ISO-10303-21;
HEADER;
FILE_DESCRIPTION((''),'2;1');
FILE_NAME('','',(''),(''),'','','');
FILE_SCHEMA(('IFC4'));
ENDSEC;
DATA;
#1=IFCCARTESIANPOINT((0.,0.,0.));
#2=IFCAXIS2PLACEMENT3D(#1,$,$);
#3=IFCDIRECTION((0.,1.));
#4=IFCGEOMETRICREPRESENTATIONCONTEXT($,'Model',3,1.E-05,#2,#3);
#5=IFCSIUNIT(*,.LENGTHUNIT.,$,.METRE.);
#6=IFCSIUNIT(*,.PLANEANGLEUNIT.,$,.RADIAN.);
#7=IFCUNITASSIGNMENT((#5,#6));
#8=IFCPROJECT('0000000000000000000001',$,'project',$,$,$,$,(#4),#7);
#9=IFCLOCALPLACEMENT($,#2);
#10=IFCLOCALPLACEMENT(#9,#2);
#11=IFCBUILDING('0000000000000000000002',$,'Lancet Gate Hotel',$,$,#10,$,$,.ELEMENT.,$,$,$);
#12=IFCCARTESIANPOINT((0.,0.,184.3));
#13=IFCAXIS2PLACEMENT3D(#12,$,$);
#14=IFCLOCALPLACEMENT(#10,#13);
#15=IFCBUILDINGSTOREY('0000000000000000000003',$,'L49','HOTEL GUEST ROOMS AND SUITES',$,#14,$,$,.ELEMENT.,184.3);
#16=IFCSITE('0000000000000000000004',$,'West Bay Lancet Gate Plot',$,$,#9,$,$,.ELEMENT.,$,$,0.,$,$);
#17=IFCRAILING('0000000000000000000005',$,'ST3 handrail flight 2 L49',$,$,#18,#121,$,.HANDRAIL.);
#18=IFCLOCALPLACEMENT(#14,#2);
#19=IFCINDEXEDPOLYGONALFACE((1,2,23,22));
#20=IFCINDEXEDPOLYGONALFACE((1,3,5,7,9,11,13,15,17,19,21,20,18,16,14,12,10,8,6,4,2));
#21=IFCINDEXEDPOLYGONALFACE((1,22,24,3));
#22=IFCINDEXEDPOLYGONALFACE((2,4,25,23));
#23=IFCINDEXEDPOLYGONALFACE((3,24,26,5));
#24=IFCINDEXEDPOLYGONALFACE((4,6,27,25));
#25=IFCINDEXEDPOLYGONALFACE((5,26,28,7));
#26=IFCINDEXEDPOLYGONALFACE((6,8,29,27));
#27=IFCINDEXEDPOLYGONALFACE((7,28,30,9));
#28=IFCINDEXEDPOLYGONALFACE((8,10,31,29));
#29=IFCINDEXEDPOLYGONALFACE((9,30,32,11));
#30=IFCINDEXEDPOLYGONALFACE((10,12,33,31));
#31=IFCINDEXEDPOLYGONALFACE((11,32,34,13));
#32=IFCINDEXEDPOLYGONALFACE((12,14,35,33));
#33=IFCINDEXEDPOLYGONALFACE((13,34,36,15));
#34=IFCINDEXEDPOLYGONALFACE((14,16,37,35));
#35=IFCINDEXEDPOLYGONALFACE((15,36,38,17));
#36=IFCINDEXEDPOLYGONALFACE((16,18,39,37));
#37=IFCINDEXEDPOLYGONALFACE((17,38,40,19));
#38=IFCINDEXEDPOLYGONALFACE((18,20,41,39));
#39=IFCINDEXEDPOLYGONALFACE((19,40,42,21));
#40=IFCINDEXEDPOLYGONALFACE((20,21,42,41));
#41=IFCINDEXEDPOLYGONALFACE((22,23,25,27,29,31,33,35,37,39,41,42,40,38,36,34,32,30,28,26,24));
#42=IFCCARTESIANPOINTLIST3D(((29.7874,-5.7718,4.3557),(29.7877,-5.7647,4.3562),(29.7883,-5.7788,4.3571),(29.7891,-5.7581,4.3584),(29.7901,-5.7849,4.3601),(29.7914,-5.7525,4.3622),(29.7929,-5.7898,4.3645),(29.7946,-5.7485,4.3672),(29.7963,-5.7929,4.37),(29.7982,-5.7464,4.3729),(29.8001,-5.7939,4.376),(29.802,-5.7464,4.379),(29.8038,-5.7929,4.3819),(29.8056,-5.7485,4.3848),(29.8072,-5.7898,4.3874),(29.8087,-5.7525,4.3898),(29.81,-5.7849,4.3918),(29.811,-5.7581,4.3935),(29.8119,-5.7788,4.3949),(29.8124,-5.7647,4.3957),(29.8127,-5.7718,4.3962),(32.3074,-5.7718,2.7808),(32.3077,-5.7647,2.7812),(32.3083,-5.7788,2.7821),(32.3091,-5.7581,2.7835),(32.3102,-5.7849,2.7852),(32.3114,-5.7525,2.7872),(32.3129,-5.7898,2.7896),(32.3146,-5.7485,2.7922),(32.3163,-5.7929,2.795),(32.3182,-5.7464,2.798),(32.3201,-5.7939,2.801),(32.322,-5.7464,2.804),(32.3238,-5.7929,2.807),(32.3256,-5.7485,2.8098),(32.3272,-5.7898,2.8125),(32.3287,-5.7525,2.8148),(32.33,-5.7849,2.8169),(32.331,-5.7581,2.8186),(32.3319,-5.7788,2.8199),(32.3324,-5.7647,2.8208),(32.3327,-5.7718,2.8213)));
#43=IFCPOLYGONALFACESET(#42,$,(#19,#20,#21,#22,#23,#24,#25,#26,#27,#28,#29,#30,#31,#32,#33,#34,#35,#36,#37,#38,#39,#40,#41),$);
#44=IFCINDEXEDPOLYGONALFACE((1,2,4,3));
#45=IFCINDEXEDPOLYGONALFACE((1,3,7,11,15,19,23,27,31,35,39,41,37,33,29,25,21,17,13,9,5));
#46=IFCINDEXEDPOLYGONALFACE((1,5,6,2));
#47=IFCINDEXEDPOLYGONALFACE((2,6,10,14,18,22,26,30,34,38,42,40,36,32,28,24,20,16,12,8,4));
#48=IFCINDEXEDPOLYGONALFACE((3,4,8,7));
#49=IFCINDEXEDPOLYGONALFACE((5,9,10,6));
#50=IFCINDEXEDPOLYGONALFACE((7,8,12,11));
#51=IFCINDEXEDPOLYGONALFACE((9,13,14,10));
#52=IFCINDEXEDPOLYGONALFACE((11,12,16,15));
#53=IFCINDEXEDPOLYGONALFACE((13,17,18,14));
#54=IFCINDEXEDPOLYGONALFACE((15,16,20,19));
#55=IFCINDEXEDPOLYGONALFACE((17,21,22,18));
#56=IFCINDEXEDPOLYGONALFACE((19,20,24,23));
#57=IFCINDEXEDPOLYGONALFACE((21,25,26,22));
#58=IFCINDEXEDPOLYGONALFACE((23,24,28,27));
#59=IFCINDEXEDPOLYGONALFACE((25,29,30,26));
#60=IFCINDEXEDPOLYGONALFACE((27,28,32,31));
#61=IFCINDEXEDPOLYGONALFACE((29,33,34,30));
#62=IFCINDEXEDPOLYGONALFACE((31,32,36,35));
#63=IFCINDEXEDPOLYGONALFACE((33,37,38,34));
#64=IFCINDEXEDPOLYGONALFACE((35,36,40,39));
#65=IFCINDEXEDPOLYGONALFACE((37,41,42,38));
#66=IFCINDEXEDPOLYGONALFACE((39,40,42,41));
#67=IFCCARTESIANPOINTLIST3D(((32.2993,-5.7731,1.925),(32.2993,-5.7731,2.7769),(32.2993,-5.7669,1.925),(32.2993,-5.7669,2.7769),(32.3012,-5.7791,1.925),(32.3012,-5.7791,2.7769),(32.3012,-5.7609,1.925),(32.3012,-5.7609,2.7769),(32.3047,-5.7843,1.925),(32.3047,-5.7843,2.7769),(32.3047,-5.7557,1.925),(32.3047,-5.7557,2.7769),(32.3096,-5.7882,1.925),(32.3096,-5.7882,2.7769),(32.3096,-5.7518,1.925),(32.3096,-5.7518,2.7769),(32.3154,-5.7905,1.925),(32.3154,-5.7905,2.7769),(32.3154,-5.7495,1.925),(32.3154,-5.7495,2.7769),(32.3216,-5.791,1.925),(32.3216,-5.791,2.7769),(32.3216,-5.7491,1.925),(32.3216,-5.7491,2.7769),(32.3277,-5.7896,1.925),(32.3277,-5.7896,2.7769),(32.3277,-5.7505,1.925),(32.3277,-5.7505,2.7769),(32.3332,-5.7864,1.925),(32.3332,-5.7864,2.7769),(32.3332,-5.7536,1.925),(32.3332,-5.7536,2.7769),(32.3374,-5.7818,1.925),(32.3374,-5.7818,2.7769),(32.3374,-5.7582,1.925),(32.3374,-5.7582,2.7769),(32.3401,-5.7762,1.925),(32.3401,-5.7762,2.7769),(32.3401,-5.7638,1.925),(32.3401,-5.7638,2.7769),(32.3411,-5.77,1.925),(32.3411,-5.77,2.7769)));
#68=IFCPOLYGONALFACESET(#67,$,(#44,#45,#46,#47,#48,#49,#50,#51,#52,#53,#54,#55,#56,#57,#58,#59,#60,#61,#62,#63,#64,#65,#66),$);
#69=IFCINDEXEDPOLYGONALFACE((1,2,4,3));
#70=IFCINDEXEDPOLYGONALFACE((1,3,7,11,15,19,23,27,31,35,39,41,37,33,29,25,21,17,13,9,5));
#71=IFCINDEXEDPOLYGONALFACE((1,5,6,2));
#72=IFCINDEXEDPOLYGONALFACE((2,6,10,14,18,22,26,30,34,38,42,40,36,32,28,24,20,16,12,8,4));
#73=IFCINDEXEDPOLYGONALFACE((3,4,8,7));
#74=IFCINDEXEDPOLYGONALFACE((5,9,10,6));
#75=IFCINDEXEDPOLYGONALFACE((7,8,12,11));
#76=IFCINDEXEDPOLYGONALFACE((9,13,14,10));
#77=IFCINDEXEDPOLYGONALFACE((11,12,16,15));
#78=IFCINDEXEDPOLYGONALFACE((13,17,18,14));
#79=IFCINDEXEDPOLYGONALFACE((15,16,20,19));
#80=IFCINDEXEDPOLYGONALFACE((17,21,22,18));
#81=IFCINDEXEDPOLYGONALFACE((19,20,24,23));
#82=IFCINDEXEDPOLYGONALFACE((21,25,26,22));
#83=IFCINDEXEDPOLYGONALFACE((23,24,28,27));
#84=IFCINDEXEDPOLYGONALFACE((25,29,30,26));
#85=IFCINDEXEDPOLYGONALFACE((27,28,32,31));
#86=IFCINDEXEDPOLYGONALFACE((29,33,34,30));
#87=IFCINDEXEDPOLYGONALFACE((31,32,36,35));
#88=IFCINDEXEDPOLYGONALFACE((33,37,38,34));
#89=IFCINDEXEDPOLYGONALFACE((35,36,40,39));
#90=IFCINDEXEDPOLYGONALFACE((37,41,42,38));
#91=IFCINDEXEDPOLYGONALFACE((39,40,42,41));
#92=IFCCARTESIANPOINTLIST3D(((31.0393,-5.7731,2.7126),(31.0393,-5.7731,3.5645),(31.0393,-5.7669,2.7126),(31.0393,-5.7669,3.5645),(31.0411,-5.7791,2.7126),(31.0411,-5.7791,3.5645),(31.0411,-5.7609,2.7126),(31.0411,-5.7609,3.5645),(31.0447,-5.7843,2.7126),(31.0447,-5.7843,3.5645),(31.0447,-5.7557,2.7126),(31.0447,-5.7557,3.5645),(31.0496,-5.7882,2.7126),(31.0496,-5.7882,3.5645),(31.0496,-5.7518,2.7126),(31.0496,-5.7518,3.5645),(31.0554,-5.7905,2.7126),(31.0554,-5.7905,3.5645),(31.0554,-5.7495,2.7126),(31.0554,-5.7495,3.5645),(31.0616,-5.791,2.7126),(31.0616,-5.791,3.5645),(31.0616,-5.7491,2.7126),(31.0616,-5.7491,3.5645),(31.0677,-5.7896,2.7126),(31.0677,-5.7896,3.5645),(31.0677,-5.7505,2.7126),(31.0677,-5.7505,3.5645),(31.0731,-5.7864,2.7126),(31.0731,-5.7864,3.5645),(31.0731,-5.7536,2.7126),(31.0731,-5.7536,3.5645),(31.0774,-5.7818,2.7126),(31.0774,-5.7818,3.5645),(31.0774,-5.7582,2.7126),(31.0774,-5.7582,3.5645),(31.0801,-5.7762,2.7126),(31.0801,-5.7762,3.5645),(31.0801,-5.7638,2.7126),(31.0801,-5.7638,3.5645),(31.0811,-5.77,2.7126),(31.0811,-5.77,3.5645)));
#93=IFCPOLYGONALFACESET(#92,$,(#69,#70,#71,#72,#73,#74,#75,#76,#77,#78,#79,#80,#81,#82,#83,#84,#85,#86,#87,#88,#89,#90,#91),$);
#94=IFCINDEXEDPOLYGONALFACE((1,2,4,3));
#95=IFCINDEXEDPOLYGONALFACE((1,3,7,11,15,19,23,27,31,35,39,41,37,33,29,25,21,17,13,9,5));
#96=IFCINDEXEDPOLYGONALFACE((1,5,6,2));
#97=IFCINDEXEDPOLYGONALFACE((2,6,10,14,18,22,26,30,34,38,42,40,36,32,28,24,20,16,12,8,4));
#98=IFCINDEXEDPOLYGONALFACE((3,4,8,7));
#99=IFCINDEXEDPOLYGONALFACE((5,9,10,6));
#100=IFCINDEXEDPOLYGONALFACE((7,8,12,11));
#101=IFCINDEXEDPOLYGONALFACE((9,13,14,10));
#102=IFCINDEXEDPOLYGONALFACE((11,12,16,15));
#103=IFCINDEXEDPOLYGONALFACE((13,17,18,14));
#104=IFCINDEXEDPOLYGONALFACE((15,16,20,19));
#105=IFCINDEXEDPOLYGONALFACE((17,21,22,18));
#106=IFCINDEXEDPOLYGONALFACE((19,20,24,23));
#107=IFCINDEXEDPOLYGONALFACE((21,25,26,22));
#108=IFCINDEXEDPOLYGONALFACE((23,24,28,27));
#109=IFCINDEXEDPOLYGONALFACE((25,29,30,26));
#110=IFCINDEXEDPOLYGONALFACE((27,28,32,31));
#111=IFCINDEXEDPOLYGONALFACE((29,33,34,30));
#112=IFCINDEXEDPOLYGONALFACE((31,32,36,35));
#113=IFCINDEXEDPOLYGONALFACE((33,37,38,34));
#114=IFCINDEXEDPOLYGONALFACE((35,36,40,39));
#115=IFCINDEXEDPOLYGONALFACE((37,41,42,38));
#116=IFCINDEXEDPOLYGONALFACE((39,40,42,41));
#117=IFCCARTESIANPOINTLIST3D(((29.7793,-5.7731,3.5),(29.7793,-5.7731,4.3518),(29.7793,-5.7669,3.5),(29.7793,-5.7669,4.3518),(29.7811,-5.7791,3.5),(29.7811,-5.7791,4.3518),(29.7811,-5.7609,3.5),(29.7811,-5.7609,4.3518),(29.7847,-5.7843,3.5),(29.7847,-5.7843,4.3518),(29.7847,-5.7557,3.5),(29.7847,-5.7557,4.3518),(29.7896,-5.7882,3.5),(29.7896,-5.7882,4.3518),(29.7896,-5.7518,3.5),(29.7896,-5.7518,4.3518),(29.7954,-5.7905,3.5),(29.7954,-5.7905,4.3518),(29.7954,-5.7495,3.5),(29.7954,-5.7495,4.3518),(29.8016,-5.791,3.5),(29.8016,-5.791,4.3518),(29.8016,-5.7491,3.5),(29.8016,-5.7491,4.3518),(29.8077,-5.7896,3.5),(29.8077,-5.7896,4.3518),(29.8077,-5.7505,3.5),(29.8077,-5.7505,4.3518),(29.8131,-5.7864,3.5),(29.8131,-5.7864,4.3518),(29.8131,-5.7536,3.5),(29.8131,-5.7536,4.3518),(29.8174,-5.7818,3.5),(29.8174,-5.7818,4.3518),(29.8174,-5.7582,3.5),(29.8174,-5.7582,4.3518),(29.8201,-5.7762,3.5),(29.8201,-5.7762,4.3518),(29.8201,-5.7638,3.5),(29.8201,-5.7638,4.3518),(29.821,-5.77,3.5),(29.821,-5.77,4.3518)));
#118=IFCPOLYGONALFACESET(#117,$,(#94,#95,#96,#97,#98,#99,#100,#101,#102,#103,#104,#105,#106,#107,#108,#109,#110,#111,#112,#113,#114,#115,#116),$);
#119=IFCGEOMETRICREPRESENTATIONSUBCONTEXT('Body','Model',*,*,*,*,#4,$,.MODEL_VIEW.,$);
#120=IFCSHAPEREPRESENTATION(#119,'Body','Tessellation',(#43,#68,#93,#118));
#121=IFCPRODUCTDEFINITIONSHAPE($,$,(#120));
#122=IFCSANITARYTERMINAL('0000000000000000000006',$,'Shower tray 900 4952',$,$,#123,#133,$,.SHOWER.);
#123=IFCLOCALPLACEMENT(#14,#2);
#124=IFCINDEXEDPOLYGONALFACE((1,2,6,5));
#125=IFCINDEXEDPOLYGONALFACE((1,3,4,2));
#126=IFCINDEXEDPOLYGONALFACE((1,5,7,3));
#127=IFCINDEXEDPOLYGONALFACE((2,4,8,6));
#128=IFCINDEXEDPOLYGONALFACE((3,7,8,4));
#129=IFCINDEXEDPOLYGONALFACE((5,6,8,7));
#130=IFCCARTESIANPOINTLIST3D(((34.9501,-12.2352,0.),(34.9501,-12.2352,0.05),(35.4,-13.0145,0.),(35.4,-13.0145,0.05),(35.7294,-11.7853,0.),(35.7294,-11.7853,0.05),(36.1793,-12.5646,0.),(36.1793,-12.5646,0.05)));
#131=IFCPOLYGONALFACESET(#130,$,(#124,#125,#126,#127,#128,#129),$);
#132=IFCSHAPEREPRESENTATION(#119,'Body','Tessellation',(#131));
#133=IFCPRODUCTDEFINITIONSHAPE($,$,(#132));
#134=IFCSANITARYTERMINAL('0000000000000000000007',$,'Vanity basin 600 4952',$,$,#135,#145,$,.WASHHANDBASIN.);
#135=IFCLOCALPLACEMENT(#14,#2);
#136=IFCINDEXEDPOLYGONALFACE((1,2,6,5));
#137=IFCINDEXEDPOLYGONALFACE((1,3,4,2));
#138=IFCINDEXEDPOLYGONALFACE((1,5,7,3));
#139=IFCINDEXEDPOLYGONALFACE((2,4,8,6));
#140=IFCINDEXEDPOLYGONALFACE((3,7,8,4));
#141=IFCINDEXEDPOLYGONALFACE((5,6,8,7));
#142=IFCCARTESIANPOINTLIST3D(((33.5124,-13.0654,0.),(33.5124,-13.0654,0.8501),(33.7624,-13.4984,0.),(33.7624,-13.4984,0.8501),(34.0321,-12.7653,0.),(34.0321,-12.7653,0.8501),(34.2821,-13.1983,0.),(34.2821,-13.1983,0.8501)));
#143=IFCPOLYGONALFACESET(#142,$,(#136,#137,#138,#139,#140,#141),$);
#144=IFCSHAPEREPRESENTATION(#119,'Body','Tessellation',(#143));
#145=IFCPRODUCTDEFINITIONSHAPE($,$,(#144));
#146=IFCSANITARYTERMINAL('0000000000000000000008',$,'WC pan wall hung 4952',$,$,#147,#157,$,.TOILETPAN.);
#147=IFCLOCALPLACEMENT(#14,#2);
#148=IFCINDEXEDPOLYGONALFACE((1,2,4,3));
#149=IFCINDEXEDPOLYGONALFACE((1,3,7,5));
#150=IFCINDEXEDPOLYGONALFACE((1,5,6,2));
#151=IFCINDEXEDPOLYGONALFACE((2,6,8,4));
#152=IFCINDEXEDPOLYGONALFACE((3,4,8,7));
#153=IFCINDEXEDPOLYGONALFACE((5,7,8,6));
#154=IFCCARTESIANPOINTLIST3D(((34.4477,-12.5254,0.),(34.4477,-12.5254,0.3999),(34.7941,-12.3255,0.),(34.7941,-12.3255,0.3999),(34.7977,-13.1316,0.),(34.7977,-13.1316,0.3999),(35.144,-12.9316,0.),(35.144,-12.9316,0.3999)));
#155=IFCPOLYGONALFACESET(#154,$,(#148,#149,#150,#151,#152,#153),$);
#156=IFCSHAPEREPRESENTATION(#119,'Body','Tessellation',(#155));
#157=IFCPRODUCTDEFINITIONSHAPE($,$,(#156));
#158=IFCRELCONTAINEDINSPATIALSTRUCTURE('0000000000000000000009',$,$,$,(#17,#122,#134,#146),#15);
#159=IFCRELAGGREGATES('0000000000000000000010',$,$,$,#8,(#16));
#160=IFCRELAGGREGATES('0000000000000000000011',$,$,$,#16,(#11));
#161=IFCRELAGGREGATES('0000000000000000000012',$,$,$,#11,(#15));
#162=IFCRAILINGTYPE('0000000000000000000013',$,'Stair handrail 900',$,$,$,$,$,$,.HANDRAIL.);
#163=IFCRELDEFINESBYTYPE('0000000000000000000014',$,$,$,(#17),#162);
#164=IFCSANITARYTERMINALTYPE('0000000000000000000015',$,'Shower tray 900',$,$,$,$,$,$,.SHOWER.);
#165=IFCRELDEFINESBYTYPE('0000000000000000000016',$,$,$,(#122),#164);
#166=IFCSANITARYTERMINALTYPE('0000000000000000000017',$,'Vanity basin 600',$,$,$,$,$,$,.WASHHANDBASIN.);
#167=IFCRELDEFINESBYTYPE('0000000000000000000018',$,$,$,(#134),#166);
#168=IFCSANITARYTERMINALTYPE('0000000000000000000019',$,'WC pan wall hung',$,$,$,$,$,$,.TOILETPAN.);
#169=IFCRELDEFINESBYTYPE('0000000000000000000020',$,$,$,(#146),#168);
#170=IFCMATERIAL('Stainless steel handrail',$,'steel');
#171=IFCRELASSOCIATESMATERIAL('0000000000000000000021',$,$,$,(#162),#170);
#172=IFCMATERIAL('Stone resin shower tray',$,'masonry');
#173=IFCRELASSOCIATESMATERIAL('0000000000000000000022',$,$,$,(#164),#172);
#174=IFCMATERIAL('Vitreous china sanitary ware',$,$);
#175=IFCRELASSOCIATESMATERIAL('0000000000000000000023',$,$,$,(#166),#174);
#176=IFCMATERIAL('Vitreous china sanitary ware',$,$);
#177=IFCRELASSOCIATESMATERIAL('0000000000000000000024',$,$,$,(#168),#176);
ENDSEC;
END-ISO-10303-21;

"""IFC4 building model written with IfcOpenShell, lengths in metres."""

from ifc_helpers import new_model, si_unit, direction, frame, origin, origin_2d, place, context, subcontext, project, spatial, rectangle, circle, extrude, material, type_object, element, save


model = new_model("IFC4")

# Units and contexts
model_context = context("Model", 3, precision=1e-05, world=origin(), true_north=direction((0.0, 1.0)))
body_context = subcontext(model_context, "Body", "Model", "MODEL_VIEW")
ifc_project = project(units=[si_unit("LENGTHUNIT", "METRE"), si_unit("PLANEANGLEUNIT", "RADIAN")], contexts=[model_context])

# Site, building, storey
site_placement = place(None, origin())
site = spatial("IfcSite", under=ifc_project, at=site_placement, Name="West Bay Lancet Gate Plot", CompositionType="ELEMENT", RefElevation=0.0)
building_placement = place(site_placement, origin())
building = spatial("IfcBuilding", under=site, at=building_placement, Name="Lancet Gate Hotel", CompositionType="ELEMENT")
storey_placement = place(building_placement, frame((0.0, 0.0, 184.3)))
storey = spatial("IfcBuildingStorey", under=building, at=storey_placement, Name="L49", Description="HOTEL GUEST ROOMS AND SUITES", CompositionType="ELEMENT", Elevation=184.3)

# Railing
ifc_material_1 = material(Name="Stainless steel handrail", Category="steel")
railing_type = type_object("IfcRailingType", Name="Stair handrail 900", PredefinedType="HANDRAIL", material=ifc_material_1)
railing_1_placement = place(storey_placement, frame((32.3201, -5.77, 1.925)))
element("IfcRailing", 1, at=railing_1_placement, inside=storey, type_object=railing_type, Name="ST3 handrail flight 2 L49", PredefinedType="HANDRAIL", context=body_context, shape_type="SweptSolid", body=[
    extrude(circle(Radius=0.0239, at=origin_2d()), frame((0.0, 0.0, 0.876), z_axis=(-0.848008, 0.0, 0.529984), x_axis=(0.0, -1.0, 0.0)), (0.0, 0.0, 1.0), 2.9717),
    extrude(circle(Radius=0.021, at=origin_2d()), origin(), (0.0, 0.0, 1.0), 0.8518),
    extrude(circle(Radius=0.021, at=origin_2d()), frame((-1.26, 0.0, 0.7876)), (0.0, 0.0, 1.0), 0.8518),
    extrude(circle(Radius=0.021, at=origin_2d()), frame((-2.52, 0.0, 1.575)), (0.0, 0.0, 1.0), 0.8518),
])

# Sanitary terminals
ifc_material_2 = material(Name="Stone resin shower tray", Category="masonry")
sanitary_terminal_type_1 = type_object("IfcSanitaryTerminalType", Name="Shower tray 900", PredefinedType="SHOWER", material=ifc_material_2)
sanitary_terminal_1_placement = place(storey_placement, frame((35.5647, -12.3999, 0.0), z_axis=(0.0, 0.0, 1.0), x_axis=(0.866025, 0.5, 0.0)))
element("IfcSanitaryTerminal", 2, at=sanitary_terminal_1_placement, inside=storey, type_object=sanitary_terminal_type_1, Name="Shower tray 900 4952", PredefinedType="SHOWER", context=body_context, shape_type="SweptSolid", body=[
    extrude(rectangle(XDim=0.8999, YDim=0.8999, at=origin_2d()), origin(), (0.0, 0.0, 1.0), 0.05),
])
ifc_material_3 = material(Name="Vitreous china sanitary ware")
sanitary_terminal_type_2 = type_object("IfcSanitaryTerminalType", Name="Vanity basin 600", PredefinedType="WASHHANDBASIN", material=ifc_material_3)
sanitary_terminal_2_placement = place(storey_placement, frame((33.8972, -13.1318, 0.0), z_axis=(0.0, 0.0, 1.0), x_axis=(0.866025, 0.5, 0.0)))
element("IfcSanitaryTerminal", 3, at=sanitary_terminal_2_placement, inside=storey, type_object=sanitary_terminal_type_2, Name="Vanity basin 600 4952", PredefinedType="WASHHANDBASIN", context=body_context, shape_type="SweptSolid", body=[
    extrude(rectangle(XDim=0.6001, YDim=0.5, at=origin_2d()), origin(), (0.0, 0.0, 1.0), 0.8501),
])
ifc_material_4 = material(Name="Vitreous china sanitary ware")
sanitary_terminal_type_3 = type_object("IfcSanitaryTerminalType", Name="WC pan wall hung", PredefinedType="TOILETPAN", material=ifc_material_4)
sanitary_terminal_3_placement = place(storey_placement, frame((34.7959, -12.7285, 0.0), z_axis=(0.0, 0.0, 1.0), x_axis=(0.866025, 0.5, 0.0)))
element("IfcSanitaryTerminal", 4, at=sanitary_terminal_3_placement, inside=storey, type_object=sanitary_terminal_type_3, Name="WC pan wall hung 4952", PredefinedType="TOILETPAN", context=body_context, shape_type="SweptSolid", body=[
    extrude(rectangle(XDim=0.3999, YDim=0.7, at=origin_2d()), origin(), (0.0, 0.0, 1.0), 0.3999),
])

save(model, "model.ifc")
